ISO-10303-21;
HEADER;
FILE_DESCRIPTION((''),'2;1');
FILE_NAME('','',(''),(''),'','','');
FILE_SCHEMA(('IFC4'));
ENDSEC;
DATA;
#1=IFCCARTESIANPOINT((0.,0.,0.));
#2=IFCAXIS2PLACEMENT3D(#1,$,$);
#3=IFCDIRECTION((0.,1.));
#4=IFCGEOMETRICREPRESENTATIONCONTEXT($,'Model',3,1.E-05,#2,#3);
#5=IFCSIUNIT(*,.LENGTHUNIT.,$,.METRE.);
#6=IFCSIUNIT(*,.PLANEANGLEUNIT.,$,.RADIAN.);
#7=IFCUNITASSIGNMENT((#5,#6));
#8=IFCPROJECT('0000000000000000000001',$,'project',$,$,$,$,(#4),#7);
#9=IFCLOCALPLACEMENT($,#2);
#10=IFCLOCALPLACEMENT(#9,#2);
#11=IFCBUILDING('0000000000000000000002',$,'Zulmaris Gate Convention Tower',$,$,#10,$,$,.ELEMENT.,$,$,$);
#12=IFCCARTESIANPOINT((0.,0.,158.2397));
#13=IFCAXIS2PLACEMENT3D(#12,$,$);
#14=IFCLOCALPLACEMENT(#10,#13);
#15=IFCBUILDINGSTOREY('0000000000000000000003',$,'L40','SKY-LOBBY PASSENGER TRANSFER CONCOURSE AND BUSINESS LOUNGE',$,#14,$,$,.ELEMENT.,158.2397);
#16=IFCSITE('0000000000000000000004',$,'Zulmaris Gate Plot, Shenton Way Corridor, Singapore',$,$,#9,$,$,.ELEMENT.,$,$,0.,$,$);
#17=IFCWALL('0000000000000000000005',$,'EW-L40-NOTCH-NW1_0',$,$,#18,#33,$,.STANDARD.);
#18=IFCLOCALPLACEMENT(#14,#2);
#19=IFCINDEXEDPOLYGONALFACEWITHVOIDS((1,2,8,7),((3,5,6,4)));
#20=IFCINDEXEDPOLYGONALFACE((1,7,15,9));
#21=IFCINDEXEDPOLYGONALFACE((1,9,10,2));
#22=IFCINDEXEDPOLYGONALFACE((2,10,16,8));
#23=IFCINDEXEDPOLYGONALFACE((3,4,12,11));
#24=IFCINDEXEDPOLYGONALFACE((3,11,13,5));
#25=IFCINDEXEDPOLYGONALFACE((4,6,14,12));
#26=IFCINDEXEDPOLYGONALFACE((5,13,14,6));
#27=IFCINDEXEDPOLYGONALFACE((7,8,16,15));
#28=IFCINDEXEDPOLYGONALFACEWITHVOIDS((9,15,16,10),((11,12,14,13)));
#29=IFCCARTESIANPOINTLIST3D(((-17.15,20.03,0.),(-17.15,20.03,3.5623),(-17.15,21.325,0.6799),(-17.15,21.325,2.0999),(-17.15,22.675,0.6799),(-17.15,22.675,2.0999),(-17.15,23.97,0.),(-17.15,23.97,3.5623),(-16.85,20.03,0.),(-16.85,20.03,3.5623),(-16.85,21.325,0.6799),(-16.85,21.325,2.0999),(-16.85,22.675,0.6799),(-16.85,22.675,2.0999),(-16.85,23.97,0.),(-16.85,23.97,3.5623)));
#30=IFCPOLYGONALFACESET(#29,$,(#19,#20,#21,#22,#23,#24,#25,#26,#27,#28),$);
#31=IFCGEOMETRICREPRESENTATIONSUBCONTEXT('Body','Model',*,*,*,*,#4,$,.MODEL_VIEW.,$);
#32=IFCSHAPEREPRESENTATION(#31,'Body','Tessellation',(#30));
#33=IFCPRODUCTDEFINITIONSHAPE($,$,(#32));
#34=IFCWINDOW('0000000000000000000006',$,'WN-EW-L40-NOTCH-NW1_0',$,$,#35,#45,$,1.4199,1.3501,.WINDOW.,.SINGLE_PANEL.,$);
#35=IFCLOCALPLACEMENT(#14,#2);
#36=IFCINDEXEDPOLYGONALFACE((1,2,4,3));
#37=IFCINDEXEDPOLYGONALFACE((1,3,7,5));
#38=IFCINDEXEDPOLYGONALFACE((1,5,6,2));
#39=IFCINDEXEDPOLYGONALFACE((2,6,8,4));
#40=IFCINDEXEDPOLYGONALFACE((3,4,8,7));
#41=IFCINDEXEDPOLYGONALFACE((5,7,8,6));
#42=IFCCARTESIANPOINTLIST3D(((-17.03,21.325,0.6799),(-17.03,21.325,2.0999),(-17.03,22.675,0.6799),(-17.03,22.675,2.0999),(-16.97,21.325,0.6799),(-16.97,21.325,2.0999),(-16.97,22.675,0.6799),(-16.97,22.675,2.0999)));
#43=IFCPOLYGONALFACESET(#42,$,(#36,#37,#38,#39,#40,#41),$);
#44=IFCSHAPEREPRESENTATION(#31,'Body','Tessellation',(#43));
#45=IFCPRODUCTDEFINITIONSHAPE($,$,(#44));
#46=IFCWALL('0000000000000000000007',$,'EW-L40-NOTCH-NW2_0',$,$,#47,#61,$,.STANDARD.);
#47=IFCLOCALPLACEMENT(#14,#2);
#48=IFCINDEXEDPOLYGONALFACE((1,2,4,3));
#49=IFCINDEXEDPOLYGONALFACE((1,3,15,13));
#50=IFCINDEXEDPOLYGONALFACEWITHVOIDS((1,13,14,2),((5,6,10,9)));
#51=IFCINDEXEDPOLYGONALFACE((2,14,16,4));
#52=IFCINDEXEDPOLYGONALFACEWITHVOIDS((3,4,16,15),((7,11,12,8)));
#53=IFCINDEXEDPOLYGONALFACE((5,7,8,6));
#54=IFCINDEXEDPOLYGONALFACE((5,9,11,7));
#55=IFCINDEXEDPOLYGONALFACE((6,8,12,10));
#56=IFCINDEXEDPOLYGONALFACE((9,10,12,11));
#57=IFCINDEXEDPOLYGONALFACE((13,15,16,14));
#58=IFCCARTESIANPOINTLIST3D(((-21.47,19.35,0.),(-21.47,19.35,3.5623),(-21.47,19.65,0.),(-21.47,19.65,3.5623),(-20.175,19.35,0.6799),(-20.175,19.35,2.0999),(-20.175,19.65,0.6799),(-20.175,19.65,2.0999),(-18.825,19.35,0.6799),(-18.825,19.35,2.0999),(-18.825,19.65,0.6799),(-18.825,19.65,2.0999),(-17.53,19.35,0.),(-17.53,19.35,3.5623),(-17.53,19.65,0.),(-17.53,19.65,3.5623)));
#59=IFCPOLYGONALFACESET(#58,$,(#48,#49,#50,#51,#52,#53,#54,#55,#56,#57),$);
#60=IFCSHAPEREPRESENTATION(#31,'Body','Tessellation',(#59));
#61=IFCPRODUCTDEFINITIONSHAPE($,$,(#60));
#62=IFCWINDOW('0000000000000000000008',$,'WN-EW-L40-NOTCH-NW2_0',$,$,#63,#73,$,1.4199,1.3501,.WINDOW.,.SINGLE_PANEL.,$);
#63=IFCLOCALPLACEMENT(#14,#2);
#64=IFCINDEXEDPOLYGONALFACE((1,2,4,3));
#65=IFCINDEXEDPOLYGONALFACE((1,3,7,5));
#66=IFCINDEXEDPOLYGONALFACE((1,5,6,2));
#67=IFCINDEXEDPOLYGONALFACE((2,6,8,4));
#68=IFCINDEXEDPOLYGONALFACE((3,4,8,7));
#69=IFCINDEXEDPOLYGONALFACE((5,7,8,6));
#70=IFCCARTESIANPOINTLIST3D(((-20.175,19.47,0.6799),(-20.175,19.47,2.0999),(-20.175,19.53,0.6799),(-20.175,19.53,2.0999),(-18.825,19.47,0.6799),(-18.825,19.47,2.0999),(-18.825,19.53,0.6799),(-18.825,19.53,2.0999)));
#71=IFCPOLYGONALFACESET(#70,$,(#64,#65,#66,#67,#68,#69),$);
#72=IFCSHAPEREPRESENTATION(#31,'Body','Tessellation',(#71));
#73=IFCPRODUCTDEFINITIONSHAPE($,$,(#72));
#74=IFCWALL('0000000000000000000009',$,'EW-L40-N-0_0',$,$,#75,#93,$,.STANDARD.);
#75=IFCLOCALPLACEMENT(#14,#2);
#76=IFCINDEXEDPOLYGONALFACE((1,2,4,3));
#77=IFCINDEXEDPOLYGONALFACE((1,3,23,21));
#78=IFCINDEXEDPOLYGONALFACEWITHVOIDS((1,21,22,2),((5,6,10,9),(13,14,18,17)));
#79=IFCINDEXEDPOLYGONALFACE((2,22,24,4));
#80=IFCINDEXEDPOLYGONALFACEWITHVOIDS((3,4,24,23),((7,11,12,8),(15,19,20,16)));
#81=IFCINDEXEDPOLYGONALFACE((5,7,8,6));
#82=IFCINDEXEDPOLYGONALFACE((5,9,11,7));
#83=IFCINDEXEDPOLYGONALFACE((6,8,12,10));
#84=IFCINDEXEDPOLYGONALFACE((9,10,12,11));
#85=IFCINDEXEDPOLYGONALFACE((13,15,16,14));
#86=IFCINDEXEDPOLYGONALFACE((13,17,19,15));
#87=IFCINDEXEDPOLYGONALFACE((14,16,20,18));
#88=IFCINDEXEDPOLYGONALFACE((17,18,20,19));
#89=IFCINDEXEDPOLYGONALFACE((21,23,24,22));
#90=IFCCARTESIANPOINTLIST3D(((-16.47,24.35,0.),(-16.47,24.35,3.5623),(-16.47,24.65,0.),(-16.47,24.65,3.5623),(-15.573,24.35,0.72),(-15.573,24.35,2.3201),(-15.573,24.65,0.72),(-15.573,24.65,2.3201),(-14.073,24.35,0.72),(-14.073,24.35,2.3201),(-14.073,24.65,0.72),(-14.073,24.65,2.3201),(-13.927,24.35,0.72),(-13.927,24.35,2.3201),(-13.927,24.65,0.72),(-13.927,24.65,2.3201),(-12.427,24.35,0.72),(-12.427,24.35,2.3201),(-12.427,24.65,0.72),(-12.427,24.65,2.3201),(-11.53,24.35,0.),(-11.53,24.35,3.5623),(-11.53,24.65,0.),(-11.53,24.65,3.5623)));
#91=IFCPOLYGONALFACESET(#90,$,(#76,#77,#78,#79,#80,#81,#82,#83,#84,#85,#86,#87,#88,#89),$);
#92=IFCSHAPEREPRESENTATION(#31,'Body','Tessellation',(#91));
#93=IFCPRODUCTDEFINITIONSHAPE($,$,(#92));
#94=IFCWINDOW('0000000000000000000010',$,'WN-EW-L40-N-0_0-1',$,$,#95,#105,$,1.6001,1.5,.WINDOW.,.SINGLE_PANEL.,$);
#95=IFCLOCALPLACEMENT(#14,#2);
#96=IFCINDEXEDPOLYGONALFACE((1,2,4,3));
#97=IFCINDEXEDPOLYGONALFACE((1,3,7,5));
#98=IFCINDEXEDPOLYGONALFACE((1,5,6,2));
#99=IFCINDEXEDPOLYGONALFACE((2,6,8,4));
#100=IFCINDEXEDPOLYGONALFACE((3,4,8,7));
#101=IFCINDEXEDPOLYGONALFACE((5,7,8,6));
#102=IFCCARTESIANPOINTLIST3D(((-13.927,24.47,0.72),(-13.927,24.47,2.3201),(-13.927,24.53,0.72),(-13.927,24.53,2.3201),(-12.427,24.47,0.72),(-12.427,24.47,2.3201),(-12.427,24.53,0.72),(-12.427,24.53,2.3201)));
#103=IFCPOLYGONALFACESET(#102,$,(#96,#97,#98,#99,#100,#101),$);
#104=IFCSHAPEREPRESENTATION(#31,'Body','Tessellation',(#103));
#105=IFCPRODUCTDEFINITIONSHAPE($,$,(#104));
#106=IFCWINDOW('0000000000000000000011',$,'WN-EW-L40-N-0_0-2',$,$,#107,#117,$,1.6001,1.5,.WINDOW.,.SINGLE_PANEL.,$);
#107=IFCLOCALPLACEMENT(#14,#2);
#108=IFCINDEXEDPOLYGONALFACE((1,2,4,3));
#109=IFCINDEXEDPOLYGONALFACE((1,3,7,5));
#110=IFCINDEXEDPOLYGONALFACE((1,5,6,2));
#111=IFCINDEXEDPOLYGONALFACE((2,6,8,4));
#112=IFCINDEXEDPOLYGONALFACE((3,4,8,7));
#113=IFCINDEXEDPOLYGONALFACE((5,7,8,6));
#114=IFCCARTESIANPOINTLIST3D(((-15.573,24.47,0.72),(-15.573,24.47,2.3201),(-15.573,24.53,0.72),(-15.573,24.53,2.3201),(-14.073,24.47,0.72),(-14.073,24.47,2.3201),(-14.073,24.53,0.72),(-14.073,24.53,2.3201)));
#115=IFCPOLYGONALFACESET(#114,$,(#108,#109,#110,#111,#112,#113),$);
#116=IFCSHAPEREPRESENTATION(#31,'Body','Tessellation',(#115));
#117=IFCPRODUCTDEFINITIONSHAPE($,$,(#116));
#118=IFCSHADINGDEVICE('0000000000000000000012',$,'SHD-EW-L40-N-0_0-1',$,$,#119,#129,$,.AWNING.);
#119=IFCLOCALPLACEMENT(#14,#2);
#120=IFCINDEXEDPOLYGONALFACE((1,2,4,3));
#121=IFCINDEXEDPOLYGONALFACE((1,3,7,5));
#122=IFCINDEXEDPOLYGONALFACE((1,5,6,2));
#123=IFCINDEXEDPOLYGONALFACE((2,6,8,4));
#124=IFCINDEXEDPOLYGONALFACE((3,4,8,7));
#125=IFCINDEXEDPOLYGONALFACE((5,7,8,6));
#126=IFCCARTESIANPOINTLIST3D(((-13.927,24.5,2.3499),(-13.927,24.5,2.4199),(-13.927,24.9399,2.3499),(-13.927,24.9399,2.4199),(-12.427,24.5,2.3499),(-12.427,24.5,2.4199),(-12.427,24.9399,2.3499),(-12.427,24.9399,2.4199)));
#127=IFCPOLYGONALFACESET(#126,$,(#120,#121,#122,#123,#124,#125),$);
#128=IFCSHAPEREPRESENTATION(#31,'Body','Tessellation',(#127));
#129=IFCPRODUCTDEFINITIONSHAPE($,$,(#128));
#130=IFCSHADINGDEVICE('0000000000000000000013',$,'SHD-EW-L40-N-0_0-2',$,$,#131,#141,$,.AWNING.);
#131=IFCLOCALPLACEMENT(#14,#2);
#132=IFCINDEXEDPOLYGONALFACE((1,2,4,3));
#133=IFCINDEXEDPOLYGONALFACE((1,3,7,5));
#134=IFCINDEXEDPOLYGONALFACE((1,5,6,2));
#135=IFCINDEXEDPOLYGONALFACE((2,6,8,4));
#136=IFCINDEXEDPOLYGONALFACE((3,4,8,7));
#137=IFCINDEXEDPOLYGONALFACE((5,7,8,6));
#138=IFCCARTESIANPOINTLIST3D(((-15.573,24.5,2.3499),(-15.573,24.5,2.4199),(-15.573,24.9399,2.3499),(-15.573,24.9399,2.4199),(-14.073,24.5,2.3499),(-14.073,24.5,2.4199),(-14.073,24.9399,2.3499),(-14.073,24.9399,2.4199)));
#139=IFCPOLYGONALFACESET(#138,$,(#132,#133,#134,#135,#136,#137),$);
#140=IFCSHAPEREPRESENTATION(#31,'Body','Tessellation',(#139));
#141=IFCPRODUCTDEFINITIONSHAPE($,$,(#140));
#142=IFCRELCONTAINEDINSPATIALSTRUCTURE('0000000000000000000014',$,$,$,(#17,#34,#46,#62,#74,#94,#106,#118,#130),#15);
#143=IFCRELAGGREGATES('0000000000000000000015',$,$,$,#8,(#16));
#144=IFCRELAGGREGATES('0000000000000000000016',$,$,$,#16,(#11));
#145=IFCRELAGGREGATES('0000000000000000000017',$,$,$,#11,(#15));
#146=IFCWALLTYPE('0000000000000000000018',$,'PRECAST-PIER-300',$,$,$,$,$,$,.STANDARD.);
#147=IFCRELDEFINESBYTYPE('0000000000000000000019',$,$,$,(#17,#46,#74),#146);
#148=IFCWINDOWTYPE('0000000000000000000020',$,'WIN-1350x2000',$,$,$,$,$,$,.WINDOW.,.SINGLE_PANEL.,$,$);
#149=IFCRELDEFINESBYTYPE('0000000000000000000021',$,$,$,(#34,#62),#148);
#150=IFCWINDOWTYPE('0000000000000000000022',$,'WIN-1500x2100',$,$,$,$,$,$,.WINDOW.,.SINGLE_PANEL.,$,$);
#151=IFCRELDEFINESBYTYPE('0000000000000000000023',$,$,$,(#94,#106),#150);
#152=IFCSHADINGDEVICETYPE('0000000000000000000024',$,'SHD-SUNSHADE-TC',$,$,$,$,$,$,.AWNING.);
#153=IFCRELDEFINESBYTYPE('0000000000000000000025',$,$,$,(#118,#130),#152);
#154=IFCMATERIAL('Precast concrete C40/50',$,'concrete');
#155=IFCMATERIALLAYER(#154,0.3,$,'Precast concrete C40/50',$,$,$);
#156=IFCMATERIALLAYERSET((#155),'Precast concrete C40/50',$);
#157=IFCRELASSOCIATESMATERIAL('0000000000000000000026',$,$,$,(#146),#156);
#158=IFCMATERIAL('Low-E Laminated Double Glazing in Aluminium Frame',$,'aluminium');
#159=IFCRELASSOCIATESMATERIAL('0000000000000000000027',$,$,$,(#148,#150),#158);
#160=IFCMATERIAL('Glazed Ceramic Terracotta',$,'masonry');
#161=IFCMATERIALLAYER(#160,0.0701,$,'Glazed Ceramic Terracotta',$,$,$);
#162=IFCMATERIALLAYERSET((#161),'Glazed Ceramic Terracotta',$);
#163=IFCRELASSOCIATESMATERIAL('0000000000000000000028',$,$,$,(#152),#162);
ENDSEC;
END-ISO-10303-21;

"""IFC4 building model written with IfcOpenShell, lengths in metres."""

from ifc_helpers import new_model, si_unit, direction, frame, frame_2d, origin, place, context, subcontext, project, spatial, rectangle, extrude, material, layer, layer_set, type_object, element, fill, save


model = new_model("IFC4")

# Units and contexts
model_context = context("Model", 3, precision=1e-05, world=origin(), true_north=direction((0.0, 1.0)))
body_context = subcontext(model_context, "Body", "Model", "MODEL_VIEW")
ifc_project = project(units=[si_unit("LENGTHUNIT", "METRE"), si_unit("PLANEANGLEUNIT", "RADIAN")], contexts=[model_context])

# Site, building, storey
site_placement = place(None, origin())
site = spatial("IfcSite", under=ifc_project, at=site_placement, Name="Zulmaris Gate Plot, Shenton Way Corridor, Singapore", CompositionType="ELEMENT", RefElevation=0.0)
building_placement = place(site_placement, origin())
building = spatial("IfcBuilding", under=site, at=building_placement, Name="Zulmaris Gate Convention Tower", CompositionType="ELEMENT")
storey_placement = place(building_placement, frame((0.0, 0.0, 158.2397)))
storey = spatial("IfcBuildingStorey", under=building, at=storey_placement, Name="L40", Description="SKY-LOBBY PASSENGER TRANSFER CONCOURSE AND BUSINESS LOUNGE", CompositionType="ELEMENT", Elevation=158.2397)

# Walls, openings, windows
ifc_material_1 = material(Name="Precast concrete C40/50", Category="concrete")
ifc_layer_1 = layer(ifc_material_1, 0.3, Name="Precast concrete C40/50")
ifc_layer_set_1 = layer_set([ifc_layer_1], Name="Precast concrete C40/50")
wall_type_1 = type_object("IfcWallType", Name="PRECAST-PIER-300", PredefinedType="STANDARD", material=ifc_layer_set_1)
wall_1_placement = place(storey_placement, frame((-17.0, 23.97, 0.0), z_axis=(0.0, 0.0, 1.0), x_axis=(0.0, -1.0, 0.0)))
wall_1 = element("IfcWall", 1, at=wall_1_placement, inside=storey, type_object=wall_type_1, Name="EW-L40-NOTCH-NW1_0", PredefinedType="STANDARD", context=body_context, shape_type="SweptSolid", body=[
    extrude(rectangle(XDim=3.9399, YDim=0.3, at=frame_2d((1.97, 0.0))), origin(), (0.0, 0.0, 1.0), 3.5623),
])
opening_1_placement = place(wall_1_placement, frame((1.2949, 0.0, 0.6799)))
opening_1 = element("IfcOpeningElement", 2, at=opening_1_placement, cuts=wall_1, PredefinedType="OPENING", context=body_context, shape_type="SweptSolid", body=[
    extrude(rectangle(XDim=1.3501, YDim=1.4199, at=frame_2d((0.675, 0.71))), frame((0.0, 0.1602, 0.0), z_axis=(0.0, -1.0, 0.0), x_axis=(1.0, 0.0, 0.0)), (0.0, 0.0, 1.0), 0.3201),
])
ifc_material_2 = material(Name="Low-E Laminated Double Glazing in Aluminium Frame", Category="aluminium")
window_type_1 = type_object("IfcWindowType", Name="WIN-1350x2000", PartitioningType="SINGLE_PANEL", PredefinedType="WINDOW", material=ifc_material_2)
window_1_placement = place(opening_1_placement, origin())
window_1 = element("IfcWindow", 3, at=window_1_placement, inside=storey, type_object=window_type_1, Name="WN-EW-L40-NOTCH-NW1_0", OverallHeight=1.4199, OverallWidth=1.3501, PartitioningType="SINGLE_PANEL", PredefinedType="WINDOW", context=body_context, shape_type="SweptSolid", body=[
    extrude(rectangle(XDim=1.3501, YDim=1.4199, at=frame_2d((0.675, 0.71))), frame((0.0, 0.03, 0.0), z_axis=(0.0, -1.0, 0.0), x_axis=(1.0, 0.0, 0.0)), (0.0, 0.0, 1.0), 0.0601),
])
fill(opening_1, window_1)
wall_2_placement = place(storey_placement, frame((-17.53, 19.5, 0.0), z_axis=(0.0, 0.0, 1.0), x_axis=(-1.0, 0.0, 0.0)))
wall_2 = element("IfcWall", 4, at=wall_2_placement, inside=storey, type_object=wall_type_1, Name="EW-L40-NOTCH-NW2_0", PredefinedType="STANDARD", context=body_context, shape_type="SweptSolid", body=[
    extrude(rectangle(XDim=3.9399, YDim=0.3, at=frame_2d((1.97, 0.0))), origin(), (0.0, 0.0, 1.0), 3.5623),
])
opening_2_placement = place(wall_2_placement, frame((1.2949, 0.0, 0.6799)))
opening_2 = element("IfcOpeningElement", 5, at=opening_2_placement, cuts=wall_2, PredefinedType="OPENING", context=body_context, shape_type="SweptSolid", body=[
    extrude(rectangle(XDim=1.3501, YDim=1.4199, at=frame_2d((0.675, 0.71))), frame((0.0, 0.1602, 0.0), z_axis=(0.0, -1.0, 0.0), x_axis=(1.0, 0.0, 0.0)), (0.0, 0.0, 1.0), 0.3201),
])
window_2_placement = place(opening_2_placement, origin())
window_2 = element("IfcWindow", 6, at=window_2_placement, inside=storey, type_object=window_type_1, Name="WN-EW-L40-NOTCH-NW2_0", OverallHeight=1.4199, OverallWidth=1.3501, PartitioningType="SINGLE_PANEL", PredefinedType="WINDOW", context=body_context, shape_type="SweptSolid", body=[
    extrude(rectangle(XDim=1.3501, YDim=1.4199, at=frame_2d((0.675, 0.71))), frame((0.0, 0.03, 0.0), z_axis=(0.0, -1.0, 0.0), x_axis=(1.0, 0.0, 0.0)), (0.0, 0.0, 1.0), 0.0601),
])
fill(opening_2, window_2)

# Wall, openings, windows
wall_3_placement = place(storey_placement, frame((-11.53, 24.5, 0.0), z_axis=(0.0, 0.0, 1.0), x_axis=(-1.0, 0.0, 0.0)))
wall_3 = element("IfcWall", 7, at=wall_3_placement, inside=storey, type_object=wall_type_1, Name="EW-L40-N-0_0", PredefinedType="STANDARD", context=body_context, shape_type="SweptSolid", body=[
    extrude(rectangle(XDim=4.9399, YDim=0.3, at=frame_2d((2.47, 0.0))), origin(), (0.0, 0.0, 1.0), 3.5623),
])
opening_3_placement = place(wall_3_placement, frame((0.897, 0.0, 0.72)))
opening_3 = element("IfcOpeningElement", 8, at=opening_3_placement, cuts=wall_3, PredefinedType="OPENING", context=body_context, shape_type="SweptSolid", body=[
    extrude(rectangle(XDim=1.5, YDim=1.6001, at=frame_2d((0.75, 0.8))), frame((0.0, 0.1602, 0.0), z_axis=(0.0, -1.0, 0.0), x_axis=(1.0, 0.0, 0.0)), (0.0, 0.0, 1.0), 0.3201),
])
opening_4_placement = place(wall_3_placement, frame((2.543, 0.0, 0.72)))
opening_4 = element("IfcOpeningElement", 9, at=opening_4_placement, cuts=wall_3, PredefinedType="OPENING", context=body_context, shape_type="SweptSolid", body=[
    extrude(rectangle(XDim=1.5, YDim=1.6001, at=frame_2d((0.75, 0.8))), frame((0.0, 0.1602, 0.0), z_axis=(0.0, -1.0, 0.0), x_axis=(1.0, 0.0, 0.0)), (0.0, 0.0, 1.0), 0.3201),
])
window_type_2 = type_object("IfcWindowType", Name="WIN-1500x2100", PartitioningType="SINGLE_PANEL", PredefinedType="WINDOW", material=ifc_material_2)
window_3_placement = place(opening_3_placement, origin())
window_3 = element("IfcWindow", 10, at=window_3_placement, inside=storey, type_object=window_type_2, Name="WN-EW-L40-N-0_0-1", OverallHeight=1.6001, OverallWidth=1.5, PartitioningType="SINGLE_PANEL", PredefinedType="WINDOW", context=body_context, shape_type="SweptSolid", body=[
    extrude(rectangle(XDim=1.5, YDim=1.6001, at=frame_2d((0.75, 0.8))), frame((0.0, 0.03, 0.0), z_axis=(0.0, -1.0, 0.0), x_axis=(1.0, 0.0, 0.0)), (0.0, 0.0, 1.0), 0.0601),
])
fill(opening_3, window_3)
window_4_placement = place(opening_4_placement, origin())
window_4 = element("IfcWindow", 11, at=window_4_placement, inside=storey, type_object=window_type_2, Name="WN-EW-L40-N-0_0-2", OverallHeight=1.6001, OverallWidth=1.5, PartitioningType="SINGLE_PANEL", PredefinedType="WINDOW", context=body_context, shape_type="SweptSolid", body=[
    extrude(rectangle(XDim=1.5, YDim=1.6001, at=frame_2d((0.75, 0.8))), frame((0.0, 0.03, 0.0), z_axis=(0.0, -1.0, 0.0), x_axis=(1.0, 0.0, 0.0)), (0.0, 0.0, 1.0), 0.0601),
])
fill(opening_4, window_4)

# Shading devices
ifc_material_3 = material(Name="Glazed Ceramic Terracotta", Category="masonry")
ifc_layer_2 = layer(ifc_material_3, 0.0701, Name="Glazed Ceramic Terracotta")
ifc_layer_set_2 = layer_set([ifc_layer_2], Name="Glazed Ceramic Terracotta")
shading_device_type = type_object("IfcShadingDeviceType", Name="SHD-SUNSHADE-TC", PredefinedType="AWNING", material=ifc_layer_set_2)
for number, where, z_axis, x_axis, name in (
    (12, (-12.427, 24.72, 2.3499), (0.0, 0.0, 1.0), (-1.0, 0.0, 0.0), "SHD-EW-L40-N-0_0-1"),
    (13, (-14.073, 24.72, 2.3499), (0.0, 0.0, 1.0), (-1.0, 0.0, 0.0), "SHD-EW-L40-N-0_0-2"),
):
    element("IfcShadingDevice", number, at=place(storey_placement, frame(where, z_axis=z_axis, x_axis=x_axis)), inside=storey, type_object=shading_device_type, Name=name, PredefinedType="AWNING", context=body_context, shape_type="SweptSolid", body=[
        extrude(rectangle(XDim=1.5, YDim=0.4399, at=frame_2d((0.75, 0.0))), origin(), (0.0, 0.0, 1.0), 0.0701),
    ])

save(model, "model.ifc")
